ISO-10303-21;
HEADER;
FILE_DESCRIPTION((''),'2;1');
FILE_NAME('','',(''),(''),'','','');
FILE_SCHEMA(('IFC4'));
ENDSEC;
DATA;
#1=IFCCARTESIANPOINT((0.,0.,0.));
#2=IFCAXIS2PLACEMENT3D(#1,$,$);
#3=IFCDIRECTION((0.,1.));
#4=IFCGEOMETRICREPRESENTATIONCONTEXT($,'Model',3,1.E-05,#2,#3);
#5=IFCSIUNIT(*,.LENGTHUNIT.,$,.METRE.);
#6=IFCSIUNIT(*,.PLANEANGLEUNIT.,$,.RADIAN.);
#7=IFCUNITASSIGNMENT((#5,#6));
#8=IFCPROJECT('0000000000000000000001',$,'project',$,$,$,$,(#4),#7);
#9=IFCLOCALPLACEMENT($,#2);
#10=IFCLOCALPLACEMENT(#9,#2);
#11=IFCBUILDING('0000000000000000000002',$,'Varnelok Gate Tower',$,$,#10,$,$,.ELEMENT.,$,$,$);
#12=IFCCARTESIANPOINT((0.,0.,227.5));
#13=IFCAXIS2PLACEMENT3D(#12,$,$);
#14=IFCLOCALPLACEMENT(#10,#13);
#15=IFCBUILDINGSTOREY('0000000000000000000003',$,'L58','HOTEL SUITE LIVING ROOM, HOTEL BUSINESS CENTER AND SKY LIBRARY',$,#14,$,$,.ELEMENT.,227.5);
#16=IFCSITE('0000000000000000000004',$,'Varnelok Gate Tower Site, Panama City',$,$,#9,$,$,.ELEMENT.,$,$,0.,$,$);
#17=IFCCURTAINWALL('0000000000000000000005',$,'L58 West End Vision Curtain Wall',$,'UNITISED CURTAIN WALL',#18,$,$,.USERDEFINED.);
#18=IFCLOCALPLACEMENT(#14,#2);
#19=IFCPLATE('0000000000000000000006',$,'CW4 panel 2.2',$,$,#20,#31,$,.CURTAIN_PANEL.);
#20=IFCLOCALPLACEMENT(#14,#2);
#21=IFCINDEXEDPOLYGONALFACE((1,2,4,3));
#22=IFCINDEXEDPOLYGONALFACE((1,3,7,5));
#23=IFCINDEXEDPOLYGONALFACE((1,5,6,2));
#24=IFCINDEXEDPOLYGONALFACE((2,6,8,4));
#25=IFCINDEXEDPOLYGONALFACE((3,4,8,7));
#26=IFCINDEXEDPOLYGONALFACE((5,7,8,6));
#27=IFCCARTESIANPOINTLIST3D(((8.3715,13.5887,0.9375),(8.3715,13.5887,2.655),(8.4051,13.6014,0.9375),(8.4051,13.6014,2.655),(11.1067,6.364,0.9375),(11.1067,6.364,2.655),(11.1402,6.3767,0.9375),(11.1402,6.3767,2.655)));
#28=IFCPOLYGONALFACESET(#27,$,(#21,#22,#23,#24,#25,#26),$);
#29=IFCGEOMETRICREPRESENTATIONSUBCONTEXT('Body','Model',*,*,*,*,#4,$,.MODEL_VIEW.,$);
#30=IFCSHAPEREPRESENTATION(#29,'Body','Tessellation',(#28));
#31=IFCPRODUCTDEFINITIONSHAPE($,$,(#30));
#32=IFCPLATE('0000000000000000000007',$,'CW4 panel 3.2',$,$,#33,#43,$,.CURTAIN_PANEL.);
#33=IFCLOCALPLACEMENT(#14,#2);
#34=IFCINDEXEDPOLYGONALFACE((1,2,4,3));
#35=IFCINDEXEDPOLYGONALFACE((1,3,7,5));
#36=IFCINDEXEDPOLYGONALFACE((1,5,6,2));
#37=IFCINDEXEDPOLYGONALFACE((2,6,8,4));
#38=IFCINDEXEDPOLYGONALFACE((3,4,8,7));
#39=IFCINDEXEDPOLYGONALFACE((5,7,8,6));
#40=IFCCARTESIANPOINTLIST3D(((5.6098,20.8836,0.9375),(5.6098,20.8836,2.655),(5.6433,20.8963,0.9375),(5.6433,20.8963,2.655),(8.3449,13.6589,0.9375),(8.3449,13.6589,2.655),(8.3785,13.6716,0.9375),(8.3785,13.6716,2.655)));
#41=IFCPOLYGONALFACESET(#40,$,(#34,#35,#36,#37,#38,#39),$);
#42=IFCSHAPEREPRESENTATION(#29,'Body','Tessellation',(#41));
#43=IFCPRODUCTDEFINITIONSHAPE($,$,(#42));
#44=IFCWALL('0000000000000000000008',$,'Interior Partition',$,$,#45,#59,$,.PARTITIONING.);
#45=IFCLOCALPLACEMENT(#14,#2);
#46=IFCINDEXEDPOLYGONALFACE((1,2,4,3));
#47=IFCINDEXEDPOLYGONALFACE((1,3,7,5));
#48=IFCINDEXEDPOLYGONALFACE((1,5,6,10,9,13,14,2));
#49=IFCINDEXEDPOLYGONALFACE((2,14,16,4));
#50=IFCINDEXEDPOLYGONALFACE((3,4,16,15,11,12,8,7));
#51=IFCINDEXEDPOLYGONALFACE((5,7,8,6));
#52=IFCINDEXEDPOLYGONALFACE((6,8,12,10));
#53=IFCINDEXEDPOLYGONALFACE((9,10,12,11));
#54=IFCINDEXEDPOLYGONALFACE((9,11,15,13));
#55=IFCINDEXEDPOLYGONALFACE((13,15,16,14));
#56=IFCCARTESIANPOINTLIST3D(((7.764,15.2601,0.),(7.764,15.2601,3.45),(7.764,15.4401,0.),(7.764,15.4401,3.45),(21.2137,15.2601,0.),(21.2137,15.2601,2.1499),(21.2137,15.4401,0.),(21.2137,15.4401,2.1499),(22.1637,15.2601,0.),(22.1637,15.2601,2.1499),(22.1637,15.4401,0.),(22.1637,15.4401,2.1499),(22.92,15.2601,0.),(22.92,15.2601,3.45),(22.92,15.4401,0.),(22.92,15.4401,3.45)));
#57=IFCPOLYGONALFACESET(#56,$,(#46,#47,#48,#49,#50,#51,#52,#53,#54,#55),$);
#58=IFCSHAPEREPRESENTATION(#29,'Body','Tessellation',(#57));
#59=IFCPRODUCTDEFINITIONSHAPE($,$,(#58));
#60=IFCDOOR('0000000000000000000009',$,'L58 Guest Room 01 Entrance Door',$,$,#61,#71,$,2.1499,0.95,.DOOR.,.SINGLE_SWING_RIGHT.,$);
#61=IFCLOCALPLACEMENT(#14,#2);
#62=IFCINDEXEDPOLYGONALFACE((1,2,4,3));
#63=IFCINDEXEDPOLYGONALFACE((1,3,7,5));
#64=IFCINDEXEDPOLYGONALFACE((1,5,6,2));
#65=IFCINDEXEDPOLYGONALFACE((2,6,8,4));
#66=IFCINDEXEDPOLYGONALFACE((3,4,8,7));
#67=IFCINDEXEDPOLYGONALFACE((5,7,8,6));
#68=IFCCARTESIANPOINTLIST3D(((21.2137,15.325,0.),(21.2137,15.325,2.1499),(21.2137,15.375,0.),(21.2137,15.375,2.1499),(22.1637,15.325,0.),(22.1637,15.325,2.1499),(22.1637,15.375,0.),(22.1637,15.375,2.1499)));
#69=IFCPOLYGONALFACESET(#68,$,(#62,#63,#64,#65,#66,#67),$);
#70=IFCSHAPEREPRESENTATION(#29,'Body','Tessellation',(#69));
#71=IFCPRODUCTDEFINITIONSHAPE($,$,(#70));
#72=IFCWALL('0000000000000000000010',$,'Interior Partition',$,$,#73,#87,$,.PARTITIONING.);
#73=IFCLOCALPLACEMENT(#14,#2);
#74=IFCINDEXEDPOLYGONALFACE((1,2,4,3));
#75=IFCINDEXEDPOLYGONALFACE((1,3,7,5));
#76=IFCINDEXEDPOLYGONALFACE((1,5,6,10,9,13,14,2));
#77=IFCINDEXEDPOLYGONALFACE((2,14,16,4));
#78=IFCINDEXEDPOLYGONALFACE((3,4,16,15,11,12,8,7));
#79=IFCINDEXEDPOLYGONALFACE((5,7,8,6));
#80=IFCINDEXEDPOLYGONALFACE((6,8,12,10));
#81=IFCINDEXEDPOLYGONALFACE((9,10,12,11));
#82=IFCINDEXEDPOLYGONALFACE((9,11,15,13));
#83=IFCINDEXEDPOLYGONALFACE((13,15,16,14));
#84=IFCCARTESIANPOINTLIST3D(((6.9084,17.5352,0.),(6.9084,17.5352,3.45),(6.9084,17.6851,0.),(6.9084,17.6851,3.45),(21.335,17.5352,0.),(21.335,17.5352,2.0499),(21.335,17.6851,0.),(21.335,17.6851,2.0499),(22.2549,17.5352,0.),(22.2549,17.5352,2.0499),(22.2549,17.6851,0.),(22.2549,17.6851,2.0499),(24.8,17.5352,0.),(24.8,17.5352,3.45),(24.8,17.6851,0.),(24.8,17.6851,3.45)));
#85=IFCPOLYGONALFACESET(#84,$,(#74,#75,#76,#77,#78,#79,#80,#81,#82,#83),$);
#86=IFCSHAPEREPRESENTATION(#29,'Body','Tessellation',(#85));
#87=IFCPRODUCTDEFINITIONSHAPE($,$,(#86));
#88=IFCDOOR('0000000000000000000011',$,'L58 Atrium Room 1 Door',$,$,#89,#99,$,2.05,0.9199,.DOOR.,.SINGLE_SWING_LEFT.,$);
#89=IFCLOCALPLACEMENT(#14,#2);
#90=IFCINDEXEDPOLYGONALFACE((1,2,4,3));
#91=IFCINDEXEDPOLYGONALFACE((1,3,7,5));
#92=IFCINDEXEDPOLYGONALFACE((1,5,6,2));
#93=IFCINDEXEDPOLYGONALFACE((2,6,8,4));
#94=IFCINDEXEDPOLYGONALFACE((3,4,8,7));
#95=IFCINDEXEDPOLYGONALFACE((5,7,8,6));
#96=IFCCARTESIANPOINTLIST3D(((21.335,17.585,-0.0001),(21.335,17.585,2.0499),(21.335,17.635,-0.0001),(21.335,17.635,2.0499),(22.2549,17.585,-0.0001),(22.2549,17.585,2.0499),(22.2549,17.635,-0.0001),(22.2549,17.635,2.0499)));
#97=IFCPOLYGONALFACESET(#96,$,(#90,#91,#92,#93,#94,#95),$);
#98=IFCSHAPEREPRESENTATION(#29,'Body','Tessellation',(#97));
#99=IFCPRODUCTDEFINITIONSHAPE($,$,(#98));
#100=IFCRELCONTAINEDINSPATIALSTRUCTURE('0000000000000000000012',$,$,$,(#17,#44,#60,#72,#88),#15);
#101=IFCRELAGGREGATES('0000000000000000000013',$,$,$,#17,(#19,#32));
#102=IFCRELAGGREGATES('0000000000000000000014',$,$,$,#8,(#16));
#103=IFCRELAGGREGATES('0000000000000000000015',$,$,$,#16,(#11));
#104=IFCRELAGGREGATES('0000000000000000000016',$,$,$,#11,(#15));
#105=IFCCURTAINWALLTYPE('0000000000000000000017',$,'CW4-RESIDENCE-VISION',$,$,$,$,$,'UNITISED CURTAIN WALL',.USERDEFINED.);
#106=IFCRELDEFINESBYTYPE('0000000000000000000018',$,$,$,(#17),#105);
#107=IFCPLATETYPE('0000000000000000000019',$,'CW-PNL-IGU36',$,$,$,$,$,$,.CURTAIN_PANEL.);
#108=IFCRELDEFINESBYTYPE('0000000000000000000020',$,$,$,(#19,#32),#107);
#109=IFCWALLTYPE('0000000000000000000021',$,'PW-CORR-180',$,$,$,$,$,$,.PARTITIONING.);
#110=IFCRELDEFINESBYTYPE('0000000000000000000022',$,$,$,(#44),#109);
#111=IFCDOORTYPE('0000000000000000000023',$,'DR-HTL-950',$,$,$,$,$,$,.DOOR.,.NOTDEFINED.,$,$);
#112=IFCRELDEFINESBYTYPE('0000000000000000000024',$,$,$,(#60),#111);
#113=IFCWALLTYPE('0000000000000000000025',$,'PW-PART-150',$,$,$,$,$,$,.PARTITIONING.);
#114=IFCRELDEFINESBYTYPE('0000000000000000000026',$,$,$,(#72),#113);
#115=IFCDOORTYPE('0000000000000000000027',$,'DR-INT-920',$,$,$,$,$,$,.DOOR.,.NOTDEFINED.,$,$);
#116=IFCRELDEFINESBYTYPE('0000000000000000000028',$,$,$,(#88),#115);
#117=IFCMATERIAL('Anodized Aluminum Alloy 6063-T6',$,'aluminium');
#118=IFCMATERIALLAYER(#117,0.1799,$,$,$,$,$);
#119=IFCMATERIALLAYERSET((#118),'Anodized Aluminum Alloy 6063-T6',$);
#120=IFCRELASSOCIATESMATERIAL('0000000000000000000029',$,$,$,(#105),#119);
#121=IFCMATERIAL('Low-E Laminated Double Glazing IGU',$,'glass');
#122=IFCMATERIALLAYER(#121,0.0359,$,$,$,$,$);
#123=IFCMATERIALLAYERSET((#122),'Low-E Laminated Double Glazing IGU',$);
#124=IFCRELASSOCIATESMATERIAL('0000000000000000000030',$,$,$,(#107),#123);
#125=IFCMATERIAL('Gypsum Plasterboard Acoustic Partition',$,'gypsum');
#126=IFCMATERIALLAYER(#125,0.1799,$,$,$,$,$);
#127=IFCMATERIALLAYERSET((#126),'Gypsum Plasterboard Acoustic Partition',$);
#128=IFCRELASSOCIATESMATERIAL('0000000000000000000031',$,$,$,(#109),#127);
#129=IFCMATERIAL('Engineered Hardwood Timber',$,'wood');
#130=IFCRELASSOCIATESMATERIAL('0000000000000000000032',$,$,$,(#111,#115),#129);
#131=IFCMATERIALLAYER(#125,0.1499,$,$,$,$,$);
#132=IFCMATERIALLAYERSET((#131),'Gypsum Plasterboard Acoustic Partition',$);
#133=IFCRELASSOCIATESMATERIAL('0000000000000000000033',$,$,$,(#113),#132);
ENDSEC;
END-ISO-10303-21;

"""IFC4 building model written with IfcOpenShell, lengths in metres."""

from ifc_helpers import new_model, si_unit, direction, frame, frame_2d, origin, origin_2d, place, context, subcontext, project, spatial, rectangle, extrude, source, transform, mapped, material, layer, layer_set, type_object, element, fill, aggregate, save


model = new_model("IFC4")

# Units and contexts
model_context = context("Model", 3, precision=1e-05, world=origin(), true_north=direction((0.0, 1.0)))
body_context = subcontext(model_context, "Body", "Model", "MODEL_VIEW")
ifc_project = project(units=[si_unit("LENGTHUNIT", "METRE"), si_unit("PLANEANGLEUNIT", "RADIAN")], contexts=[model_context])

# Site, building, storey
site_placement = place(None, origin())
site = spatial("IfcSite", under=ifc_project, at=site_placement, Name="Varnelok Gate Tower Site, Panama City", CompositionType="ELEMENT", RefElevation=0.0)
building_placement = place(site_placement, origin())
building = spatial("IfcBuilding", under=site, at=building_placement, Name="Varnelok Gate Tower", CompositionType="ELEMENT")
storey_placement = place(building_placement, frame((0.0, 0.0, 227.5)))
storey = spatial("IfcBuildingStorey", under=building, at=storey_placement, Name="L58", Description="HOTEL SUITE LIVING ROOM, HOTEL BUSINESS CENTER AND SKY LIBRARY", CompositionType="ELEMENT", Elevation=227.5)

# Curtain wall, plates
ifc_material_1 = material(Name="Anodized Aluminum Alloy 6063-T6", Category="aluminium")
ifc_layer_1 = layer(ifc_material_1, 0.1799)
ifc_layer_set_1 = layer_set([ifc_layer_1], Name="Anodized Aluminum Alloy 6063-T6")
curtain_wall_type = type_object("IfcCurtainWallType", Name="CW4-RESIDENCE-VISION", ElementType="UNITISED CURTAIN WALL", PredefinedType="USERDEFINED", material=ifc_layer_set_1)
curtain_wall_placement = place(storey_placement, origin())
curtain_wall = element("IfcCurtainWall", 1, at=curtain_wall_placement, inside=storey, type_object=curtain_wall_type, Name="L58 West End Vision Curtain Wall", ObjectType="UNITISED CURTAIN WALL", PredefinedType="USERDEFINED")
ifc_material_2 = material(Name="Low-E Laminated Double Glazing IGU", Category="glass")
ifc_layer_2 = layer(ifc_material_2, 0.0359)
ifc_layer_set_2 = layer_set([ifc_layer_2], Name="Low-E Laminated Double Glazing IGU")
plate_type = type_object("IfcPlateType", Name="CW-PNL-IGU36", PredefinedType="CURTAIN_PANEL", material=ifc_layer_set_2)
shared_shape_1 = source(origin(), body_context, "Body", "SweptSolid", [
    extrude(rectangle(XDim=7.7251, YDim=0.0359, at=origin_2d()), origin(), (0.0, 0.0, 1.0), 1.7175),
])
plate_1_placement = place(storey_placement, frame((9.7559, 9.9827, 0.9375), z_axis=(0.0, 0.0, 1.0), x_axis=(-0.354063, 0.935222, 0.0)))
plate_1 = element("IfcPlate", 2, at=plate_1_placement, type_object=plate_type, Name="CW4 panel 2.2", PredefinedType="CURTAIN_PANEL", context=body_context, shape_type="MappedRepresentation", body=[
    mapped(shared_shape_1, transform((0.0, 0.0, 0.0), scale=1.0)),
])
plate_2_placement = place(storey_placement, frame((6.9941, 17.2776, 0.9375), z_axis=(0.0, 0.0, 1.0), x_axis=(-0.354063, 0.935222, 0.0)))
plate_2 = element("IfcPlate", 3, at=plate_2_placement, type_object=plate_type, Name="CW4 panel 3.2", PredefinedType="CURTAIN_PANEL", context=body_context, shape_type="MappedRepresentation", body=[
    mapped(shared_shape_1, transform((0.0, 0.0, 0.0), scale=1.0)),
])
aggregate(curtain_wall, [plate_1, plate_2])

# Walls, openings, doors
ifc_material_3 = material(Name="Gypsum Plasterboard Acoustic Partition", Category="gypsum")
ifc_layer_3 = layer(ifc_material_3, 0.1799)
ifc_layer_set_3 = layer_set([ifc_layer_3], Name="Gypsum Plasterboard Acoustic Partition")
wall_type_1 = type_object("IfcWallType", Name="PW-CORR-180", PredefinedType="PARTITIONING", material=ifc_layer_set_3)
wall_1_placement = place(storey_placement, frame((7.7639, 15.3501, 0.0), z_axis=(0.0, 0.0, 1.0), x_axis=(1.0, 0.0, 0.0)))
wall_1 = element("IfcWall", 4, at=wall_1_placement, inside=storey, type_object=wall_type_1, Name="Interior Partition", PredefinedType="PARTITIONING", context=body_context, shape_type="SweptSolid", body=[
    extrude(rectangle(XDim=15.156, YDim=0.1799, at=frame_2d((7.5781, 0.0))), origin(), (0.0, 0.0, 1.0), 3.45),
])
opening_1_placement = place(wall_1_placement, frame((13.4497, 0.0, 0.0)))
opening_1 = element("IfcOpeningElement", 5, at=opening_1_placement, cuts=wall_1, PredefinedType="OPENING", context=body_context, shape_type="SweptSolid", body=[
    extrude(rectangle(XDim=0.95, YDim=2.1499, at=frame_2d((0.4751, 1.075))), frame((0.0, 0.0999, 0.0), z_axis=(0.0, -1.0, 0.0), x_axis=(1.0, 0.0, 0.0)), (0.0, 0.0, 1.0), 0.2),
])
ifc_material_4 = material(Name="Engineered Hardwood Timber", Category="wood")
door_type_1 = type_object("IfcDoorType", Name="DR-HTL-950", OperationType="NOTDEFINED", PredefinedType="DOOR", material=ifc_material_4)
door_1_placement = place(opening_1_placement, origin())
door_1 = element("IfcDoor", 6, at=door_1_placement, inside=storey, type_object=door_type_1, Name="L58 Guest Room 01 Entrance Door", OperationType="SINGLE_SWING_RIGHT", OverallHeight=2.1499, OverallWidth=0.95, PredefinedType="DOOR", context=body_context, shape_type="SweptSolid", body=[
    extrude(rectangle(XDim=0.95, YDim=2.1499, at=frame_2d((0.4751, 1.075))), frame((0.0, 0.0249, 0.0), z_axis=(0.0, -1.0, 0.0), x_axis=(1.0, 0.0, 0.0)), (0.0, 0.0, 1.0), 0.05),
])
fill(opening_1, door_1)
ifc_layer_4 = layer(ifc_material_3, 0.1499)
ifc_layer_set_4 = layer_set([ifc_layer_4], Name="Gypsum Plasterboard Acoustic Partition")
wall_type_2 = type_object("IfcWallType", Name="PW-PART-150", PredefinedType="PARTITIONING", material=ifc_layer_set_4)
wall_2_placement = place(storey_placement, frame((6.9084, 17.6101, 0.0), z_axis=(0.0, 0.0, 1.0), x_axis=(1.0, 0.0, 0.0)))
wall_2 = element("IfcWall", 7, at=wall_2_placement, inside=storey, type_object=wall_type_2, Name="Interior Partition", PredefinedType="PARTITIONING", context=body_context, shape_type="SweptSolid", body=[
    extrude(rectangle(XDim=17.8916, YDim=0.1499, at=frame_2d((8.9458, 0.0))), origin(), (0.0, 0.0, 1.0), 3.45),
])
opening_2_placement = place(wall_2_placement, frame((14.4265, 0.0, 0.0)))
opening_2 = element("IfcOpeningElement", 8, at=opening_2_placement, cuts=wall_2, PredefinedType="OPENING", context=body_context, shape_type="SweptSolid", body=[
    extrude(rectangle(XDim=0.9199, YDim=2.05, at=frame_2d((0.46, 1.0249))), frame((0.0, 0.085, 0.0), z_axis=(0.0, -1.0, 0.0), x_axis=(1.0, 0.0, 0.0)), (0.0, 0.0, 1.0), 0.1699),
])
door_type_2 = type_object("IfcDoorType", Name="DR-INT-920", OperationType="NOTDEFINED", PredefinedType="DOOR", material=ifc_material_4)
door_2_placement = place(opening_2_placement, origin())
door_2 = element("IfcDoor", 9, at=door_2_placement, inside=storey, type_object=door_type_2, Name="L58 Atrium Room 1 Door", OperationType="SINGLE_SWING_LEFT", OverallHeight=2.05, OverallWidth=0.9199, PredefinedType="DOOR", context=body_context, shape_type="SweptSolid", body=[
    extrude(rectangle(XDim=0.9199, YDim=2.05, at=frame_2d((0.46, 1.0249))), frame((0.0, 0.0249, 0.0), z_axis=(0.0, -1.0, 0.0), x_axis=(1.0, 0.0, 0.0)), (0.0, 0.0, 1.0), 0.05),
])
fill(opening_2, door_2)

save(model, "model.ifc")
